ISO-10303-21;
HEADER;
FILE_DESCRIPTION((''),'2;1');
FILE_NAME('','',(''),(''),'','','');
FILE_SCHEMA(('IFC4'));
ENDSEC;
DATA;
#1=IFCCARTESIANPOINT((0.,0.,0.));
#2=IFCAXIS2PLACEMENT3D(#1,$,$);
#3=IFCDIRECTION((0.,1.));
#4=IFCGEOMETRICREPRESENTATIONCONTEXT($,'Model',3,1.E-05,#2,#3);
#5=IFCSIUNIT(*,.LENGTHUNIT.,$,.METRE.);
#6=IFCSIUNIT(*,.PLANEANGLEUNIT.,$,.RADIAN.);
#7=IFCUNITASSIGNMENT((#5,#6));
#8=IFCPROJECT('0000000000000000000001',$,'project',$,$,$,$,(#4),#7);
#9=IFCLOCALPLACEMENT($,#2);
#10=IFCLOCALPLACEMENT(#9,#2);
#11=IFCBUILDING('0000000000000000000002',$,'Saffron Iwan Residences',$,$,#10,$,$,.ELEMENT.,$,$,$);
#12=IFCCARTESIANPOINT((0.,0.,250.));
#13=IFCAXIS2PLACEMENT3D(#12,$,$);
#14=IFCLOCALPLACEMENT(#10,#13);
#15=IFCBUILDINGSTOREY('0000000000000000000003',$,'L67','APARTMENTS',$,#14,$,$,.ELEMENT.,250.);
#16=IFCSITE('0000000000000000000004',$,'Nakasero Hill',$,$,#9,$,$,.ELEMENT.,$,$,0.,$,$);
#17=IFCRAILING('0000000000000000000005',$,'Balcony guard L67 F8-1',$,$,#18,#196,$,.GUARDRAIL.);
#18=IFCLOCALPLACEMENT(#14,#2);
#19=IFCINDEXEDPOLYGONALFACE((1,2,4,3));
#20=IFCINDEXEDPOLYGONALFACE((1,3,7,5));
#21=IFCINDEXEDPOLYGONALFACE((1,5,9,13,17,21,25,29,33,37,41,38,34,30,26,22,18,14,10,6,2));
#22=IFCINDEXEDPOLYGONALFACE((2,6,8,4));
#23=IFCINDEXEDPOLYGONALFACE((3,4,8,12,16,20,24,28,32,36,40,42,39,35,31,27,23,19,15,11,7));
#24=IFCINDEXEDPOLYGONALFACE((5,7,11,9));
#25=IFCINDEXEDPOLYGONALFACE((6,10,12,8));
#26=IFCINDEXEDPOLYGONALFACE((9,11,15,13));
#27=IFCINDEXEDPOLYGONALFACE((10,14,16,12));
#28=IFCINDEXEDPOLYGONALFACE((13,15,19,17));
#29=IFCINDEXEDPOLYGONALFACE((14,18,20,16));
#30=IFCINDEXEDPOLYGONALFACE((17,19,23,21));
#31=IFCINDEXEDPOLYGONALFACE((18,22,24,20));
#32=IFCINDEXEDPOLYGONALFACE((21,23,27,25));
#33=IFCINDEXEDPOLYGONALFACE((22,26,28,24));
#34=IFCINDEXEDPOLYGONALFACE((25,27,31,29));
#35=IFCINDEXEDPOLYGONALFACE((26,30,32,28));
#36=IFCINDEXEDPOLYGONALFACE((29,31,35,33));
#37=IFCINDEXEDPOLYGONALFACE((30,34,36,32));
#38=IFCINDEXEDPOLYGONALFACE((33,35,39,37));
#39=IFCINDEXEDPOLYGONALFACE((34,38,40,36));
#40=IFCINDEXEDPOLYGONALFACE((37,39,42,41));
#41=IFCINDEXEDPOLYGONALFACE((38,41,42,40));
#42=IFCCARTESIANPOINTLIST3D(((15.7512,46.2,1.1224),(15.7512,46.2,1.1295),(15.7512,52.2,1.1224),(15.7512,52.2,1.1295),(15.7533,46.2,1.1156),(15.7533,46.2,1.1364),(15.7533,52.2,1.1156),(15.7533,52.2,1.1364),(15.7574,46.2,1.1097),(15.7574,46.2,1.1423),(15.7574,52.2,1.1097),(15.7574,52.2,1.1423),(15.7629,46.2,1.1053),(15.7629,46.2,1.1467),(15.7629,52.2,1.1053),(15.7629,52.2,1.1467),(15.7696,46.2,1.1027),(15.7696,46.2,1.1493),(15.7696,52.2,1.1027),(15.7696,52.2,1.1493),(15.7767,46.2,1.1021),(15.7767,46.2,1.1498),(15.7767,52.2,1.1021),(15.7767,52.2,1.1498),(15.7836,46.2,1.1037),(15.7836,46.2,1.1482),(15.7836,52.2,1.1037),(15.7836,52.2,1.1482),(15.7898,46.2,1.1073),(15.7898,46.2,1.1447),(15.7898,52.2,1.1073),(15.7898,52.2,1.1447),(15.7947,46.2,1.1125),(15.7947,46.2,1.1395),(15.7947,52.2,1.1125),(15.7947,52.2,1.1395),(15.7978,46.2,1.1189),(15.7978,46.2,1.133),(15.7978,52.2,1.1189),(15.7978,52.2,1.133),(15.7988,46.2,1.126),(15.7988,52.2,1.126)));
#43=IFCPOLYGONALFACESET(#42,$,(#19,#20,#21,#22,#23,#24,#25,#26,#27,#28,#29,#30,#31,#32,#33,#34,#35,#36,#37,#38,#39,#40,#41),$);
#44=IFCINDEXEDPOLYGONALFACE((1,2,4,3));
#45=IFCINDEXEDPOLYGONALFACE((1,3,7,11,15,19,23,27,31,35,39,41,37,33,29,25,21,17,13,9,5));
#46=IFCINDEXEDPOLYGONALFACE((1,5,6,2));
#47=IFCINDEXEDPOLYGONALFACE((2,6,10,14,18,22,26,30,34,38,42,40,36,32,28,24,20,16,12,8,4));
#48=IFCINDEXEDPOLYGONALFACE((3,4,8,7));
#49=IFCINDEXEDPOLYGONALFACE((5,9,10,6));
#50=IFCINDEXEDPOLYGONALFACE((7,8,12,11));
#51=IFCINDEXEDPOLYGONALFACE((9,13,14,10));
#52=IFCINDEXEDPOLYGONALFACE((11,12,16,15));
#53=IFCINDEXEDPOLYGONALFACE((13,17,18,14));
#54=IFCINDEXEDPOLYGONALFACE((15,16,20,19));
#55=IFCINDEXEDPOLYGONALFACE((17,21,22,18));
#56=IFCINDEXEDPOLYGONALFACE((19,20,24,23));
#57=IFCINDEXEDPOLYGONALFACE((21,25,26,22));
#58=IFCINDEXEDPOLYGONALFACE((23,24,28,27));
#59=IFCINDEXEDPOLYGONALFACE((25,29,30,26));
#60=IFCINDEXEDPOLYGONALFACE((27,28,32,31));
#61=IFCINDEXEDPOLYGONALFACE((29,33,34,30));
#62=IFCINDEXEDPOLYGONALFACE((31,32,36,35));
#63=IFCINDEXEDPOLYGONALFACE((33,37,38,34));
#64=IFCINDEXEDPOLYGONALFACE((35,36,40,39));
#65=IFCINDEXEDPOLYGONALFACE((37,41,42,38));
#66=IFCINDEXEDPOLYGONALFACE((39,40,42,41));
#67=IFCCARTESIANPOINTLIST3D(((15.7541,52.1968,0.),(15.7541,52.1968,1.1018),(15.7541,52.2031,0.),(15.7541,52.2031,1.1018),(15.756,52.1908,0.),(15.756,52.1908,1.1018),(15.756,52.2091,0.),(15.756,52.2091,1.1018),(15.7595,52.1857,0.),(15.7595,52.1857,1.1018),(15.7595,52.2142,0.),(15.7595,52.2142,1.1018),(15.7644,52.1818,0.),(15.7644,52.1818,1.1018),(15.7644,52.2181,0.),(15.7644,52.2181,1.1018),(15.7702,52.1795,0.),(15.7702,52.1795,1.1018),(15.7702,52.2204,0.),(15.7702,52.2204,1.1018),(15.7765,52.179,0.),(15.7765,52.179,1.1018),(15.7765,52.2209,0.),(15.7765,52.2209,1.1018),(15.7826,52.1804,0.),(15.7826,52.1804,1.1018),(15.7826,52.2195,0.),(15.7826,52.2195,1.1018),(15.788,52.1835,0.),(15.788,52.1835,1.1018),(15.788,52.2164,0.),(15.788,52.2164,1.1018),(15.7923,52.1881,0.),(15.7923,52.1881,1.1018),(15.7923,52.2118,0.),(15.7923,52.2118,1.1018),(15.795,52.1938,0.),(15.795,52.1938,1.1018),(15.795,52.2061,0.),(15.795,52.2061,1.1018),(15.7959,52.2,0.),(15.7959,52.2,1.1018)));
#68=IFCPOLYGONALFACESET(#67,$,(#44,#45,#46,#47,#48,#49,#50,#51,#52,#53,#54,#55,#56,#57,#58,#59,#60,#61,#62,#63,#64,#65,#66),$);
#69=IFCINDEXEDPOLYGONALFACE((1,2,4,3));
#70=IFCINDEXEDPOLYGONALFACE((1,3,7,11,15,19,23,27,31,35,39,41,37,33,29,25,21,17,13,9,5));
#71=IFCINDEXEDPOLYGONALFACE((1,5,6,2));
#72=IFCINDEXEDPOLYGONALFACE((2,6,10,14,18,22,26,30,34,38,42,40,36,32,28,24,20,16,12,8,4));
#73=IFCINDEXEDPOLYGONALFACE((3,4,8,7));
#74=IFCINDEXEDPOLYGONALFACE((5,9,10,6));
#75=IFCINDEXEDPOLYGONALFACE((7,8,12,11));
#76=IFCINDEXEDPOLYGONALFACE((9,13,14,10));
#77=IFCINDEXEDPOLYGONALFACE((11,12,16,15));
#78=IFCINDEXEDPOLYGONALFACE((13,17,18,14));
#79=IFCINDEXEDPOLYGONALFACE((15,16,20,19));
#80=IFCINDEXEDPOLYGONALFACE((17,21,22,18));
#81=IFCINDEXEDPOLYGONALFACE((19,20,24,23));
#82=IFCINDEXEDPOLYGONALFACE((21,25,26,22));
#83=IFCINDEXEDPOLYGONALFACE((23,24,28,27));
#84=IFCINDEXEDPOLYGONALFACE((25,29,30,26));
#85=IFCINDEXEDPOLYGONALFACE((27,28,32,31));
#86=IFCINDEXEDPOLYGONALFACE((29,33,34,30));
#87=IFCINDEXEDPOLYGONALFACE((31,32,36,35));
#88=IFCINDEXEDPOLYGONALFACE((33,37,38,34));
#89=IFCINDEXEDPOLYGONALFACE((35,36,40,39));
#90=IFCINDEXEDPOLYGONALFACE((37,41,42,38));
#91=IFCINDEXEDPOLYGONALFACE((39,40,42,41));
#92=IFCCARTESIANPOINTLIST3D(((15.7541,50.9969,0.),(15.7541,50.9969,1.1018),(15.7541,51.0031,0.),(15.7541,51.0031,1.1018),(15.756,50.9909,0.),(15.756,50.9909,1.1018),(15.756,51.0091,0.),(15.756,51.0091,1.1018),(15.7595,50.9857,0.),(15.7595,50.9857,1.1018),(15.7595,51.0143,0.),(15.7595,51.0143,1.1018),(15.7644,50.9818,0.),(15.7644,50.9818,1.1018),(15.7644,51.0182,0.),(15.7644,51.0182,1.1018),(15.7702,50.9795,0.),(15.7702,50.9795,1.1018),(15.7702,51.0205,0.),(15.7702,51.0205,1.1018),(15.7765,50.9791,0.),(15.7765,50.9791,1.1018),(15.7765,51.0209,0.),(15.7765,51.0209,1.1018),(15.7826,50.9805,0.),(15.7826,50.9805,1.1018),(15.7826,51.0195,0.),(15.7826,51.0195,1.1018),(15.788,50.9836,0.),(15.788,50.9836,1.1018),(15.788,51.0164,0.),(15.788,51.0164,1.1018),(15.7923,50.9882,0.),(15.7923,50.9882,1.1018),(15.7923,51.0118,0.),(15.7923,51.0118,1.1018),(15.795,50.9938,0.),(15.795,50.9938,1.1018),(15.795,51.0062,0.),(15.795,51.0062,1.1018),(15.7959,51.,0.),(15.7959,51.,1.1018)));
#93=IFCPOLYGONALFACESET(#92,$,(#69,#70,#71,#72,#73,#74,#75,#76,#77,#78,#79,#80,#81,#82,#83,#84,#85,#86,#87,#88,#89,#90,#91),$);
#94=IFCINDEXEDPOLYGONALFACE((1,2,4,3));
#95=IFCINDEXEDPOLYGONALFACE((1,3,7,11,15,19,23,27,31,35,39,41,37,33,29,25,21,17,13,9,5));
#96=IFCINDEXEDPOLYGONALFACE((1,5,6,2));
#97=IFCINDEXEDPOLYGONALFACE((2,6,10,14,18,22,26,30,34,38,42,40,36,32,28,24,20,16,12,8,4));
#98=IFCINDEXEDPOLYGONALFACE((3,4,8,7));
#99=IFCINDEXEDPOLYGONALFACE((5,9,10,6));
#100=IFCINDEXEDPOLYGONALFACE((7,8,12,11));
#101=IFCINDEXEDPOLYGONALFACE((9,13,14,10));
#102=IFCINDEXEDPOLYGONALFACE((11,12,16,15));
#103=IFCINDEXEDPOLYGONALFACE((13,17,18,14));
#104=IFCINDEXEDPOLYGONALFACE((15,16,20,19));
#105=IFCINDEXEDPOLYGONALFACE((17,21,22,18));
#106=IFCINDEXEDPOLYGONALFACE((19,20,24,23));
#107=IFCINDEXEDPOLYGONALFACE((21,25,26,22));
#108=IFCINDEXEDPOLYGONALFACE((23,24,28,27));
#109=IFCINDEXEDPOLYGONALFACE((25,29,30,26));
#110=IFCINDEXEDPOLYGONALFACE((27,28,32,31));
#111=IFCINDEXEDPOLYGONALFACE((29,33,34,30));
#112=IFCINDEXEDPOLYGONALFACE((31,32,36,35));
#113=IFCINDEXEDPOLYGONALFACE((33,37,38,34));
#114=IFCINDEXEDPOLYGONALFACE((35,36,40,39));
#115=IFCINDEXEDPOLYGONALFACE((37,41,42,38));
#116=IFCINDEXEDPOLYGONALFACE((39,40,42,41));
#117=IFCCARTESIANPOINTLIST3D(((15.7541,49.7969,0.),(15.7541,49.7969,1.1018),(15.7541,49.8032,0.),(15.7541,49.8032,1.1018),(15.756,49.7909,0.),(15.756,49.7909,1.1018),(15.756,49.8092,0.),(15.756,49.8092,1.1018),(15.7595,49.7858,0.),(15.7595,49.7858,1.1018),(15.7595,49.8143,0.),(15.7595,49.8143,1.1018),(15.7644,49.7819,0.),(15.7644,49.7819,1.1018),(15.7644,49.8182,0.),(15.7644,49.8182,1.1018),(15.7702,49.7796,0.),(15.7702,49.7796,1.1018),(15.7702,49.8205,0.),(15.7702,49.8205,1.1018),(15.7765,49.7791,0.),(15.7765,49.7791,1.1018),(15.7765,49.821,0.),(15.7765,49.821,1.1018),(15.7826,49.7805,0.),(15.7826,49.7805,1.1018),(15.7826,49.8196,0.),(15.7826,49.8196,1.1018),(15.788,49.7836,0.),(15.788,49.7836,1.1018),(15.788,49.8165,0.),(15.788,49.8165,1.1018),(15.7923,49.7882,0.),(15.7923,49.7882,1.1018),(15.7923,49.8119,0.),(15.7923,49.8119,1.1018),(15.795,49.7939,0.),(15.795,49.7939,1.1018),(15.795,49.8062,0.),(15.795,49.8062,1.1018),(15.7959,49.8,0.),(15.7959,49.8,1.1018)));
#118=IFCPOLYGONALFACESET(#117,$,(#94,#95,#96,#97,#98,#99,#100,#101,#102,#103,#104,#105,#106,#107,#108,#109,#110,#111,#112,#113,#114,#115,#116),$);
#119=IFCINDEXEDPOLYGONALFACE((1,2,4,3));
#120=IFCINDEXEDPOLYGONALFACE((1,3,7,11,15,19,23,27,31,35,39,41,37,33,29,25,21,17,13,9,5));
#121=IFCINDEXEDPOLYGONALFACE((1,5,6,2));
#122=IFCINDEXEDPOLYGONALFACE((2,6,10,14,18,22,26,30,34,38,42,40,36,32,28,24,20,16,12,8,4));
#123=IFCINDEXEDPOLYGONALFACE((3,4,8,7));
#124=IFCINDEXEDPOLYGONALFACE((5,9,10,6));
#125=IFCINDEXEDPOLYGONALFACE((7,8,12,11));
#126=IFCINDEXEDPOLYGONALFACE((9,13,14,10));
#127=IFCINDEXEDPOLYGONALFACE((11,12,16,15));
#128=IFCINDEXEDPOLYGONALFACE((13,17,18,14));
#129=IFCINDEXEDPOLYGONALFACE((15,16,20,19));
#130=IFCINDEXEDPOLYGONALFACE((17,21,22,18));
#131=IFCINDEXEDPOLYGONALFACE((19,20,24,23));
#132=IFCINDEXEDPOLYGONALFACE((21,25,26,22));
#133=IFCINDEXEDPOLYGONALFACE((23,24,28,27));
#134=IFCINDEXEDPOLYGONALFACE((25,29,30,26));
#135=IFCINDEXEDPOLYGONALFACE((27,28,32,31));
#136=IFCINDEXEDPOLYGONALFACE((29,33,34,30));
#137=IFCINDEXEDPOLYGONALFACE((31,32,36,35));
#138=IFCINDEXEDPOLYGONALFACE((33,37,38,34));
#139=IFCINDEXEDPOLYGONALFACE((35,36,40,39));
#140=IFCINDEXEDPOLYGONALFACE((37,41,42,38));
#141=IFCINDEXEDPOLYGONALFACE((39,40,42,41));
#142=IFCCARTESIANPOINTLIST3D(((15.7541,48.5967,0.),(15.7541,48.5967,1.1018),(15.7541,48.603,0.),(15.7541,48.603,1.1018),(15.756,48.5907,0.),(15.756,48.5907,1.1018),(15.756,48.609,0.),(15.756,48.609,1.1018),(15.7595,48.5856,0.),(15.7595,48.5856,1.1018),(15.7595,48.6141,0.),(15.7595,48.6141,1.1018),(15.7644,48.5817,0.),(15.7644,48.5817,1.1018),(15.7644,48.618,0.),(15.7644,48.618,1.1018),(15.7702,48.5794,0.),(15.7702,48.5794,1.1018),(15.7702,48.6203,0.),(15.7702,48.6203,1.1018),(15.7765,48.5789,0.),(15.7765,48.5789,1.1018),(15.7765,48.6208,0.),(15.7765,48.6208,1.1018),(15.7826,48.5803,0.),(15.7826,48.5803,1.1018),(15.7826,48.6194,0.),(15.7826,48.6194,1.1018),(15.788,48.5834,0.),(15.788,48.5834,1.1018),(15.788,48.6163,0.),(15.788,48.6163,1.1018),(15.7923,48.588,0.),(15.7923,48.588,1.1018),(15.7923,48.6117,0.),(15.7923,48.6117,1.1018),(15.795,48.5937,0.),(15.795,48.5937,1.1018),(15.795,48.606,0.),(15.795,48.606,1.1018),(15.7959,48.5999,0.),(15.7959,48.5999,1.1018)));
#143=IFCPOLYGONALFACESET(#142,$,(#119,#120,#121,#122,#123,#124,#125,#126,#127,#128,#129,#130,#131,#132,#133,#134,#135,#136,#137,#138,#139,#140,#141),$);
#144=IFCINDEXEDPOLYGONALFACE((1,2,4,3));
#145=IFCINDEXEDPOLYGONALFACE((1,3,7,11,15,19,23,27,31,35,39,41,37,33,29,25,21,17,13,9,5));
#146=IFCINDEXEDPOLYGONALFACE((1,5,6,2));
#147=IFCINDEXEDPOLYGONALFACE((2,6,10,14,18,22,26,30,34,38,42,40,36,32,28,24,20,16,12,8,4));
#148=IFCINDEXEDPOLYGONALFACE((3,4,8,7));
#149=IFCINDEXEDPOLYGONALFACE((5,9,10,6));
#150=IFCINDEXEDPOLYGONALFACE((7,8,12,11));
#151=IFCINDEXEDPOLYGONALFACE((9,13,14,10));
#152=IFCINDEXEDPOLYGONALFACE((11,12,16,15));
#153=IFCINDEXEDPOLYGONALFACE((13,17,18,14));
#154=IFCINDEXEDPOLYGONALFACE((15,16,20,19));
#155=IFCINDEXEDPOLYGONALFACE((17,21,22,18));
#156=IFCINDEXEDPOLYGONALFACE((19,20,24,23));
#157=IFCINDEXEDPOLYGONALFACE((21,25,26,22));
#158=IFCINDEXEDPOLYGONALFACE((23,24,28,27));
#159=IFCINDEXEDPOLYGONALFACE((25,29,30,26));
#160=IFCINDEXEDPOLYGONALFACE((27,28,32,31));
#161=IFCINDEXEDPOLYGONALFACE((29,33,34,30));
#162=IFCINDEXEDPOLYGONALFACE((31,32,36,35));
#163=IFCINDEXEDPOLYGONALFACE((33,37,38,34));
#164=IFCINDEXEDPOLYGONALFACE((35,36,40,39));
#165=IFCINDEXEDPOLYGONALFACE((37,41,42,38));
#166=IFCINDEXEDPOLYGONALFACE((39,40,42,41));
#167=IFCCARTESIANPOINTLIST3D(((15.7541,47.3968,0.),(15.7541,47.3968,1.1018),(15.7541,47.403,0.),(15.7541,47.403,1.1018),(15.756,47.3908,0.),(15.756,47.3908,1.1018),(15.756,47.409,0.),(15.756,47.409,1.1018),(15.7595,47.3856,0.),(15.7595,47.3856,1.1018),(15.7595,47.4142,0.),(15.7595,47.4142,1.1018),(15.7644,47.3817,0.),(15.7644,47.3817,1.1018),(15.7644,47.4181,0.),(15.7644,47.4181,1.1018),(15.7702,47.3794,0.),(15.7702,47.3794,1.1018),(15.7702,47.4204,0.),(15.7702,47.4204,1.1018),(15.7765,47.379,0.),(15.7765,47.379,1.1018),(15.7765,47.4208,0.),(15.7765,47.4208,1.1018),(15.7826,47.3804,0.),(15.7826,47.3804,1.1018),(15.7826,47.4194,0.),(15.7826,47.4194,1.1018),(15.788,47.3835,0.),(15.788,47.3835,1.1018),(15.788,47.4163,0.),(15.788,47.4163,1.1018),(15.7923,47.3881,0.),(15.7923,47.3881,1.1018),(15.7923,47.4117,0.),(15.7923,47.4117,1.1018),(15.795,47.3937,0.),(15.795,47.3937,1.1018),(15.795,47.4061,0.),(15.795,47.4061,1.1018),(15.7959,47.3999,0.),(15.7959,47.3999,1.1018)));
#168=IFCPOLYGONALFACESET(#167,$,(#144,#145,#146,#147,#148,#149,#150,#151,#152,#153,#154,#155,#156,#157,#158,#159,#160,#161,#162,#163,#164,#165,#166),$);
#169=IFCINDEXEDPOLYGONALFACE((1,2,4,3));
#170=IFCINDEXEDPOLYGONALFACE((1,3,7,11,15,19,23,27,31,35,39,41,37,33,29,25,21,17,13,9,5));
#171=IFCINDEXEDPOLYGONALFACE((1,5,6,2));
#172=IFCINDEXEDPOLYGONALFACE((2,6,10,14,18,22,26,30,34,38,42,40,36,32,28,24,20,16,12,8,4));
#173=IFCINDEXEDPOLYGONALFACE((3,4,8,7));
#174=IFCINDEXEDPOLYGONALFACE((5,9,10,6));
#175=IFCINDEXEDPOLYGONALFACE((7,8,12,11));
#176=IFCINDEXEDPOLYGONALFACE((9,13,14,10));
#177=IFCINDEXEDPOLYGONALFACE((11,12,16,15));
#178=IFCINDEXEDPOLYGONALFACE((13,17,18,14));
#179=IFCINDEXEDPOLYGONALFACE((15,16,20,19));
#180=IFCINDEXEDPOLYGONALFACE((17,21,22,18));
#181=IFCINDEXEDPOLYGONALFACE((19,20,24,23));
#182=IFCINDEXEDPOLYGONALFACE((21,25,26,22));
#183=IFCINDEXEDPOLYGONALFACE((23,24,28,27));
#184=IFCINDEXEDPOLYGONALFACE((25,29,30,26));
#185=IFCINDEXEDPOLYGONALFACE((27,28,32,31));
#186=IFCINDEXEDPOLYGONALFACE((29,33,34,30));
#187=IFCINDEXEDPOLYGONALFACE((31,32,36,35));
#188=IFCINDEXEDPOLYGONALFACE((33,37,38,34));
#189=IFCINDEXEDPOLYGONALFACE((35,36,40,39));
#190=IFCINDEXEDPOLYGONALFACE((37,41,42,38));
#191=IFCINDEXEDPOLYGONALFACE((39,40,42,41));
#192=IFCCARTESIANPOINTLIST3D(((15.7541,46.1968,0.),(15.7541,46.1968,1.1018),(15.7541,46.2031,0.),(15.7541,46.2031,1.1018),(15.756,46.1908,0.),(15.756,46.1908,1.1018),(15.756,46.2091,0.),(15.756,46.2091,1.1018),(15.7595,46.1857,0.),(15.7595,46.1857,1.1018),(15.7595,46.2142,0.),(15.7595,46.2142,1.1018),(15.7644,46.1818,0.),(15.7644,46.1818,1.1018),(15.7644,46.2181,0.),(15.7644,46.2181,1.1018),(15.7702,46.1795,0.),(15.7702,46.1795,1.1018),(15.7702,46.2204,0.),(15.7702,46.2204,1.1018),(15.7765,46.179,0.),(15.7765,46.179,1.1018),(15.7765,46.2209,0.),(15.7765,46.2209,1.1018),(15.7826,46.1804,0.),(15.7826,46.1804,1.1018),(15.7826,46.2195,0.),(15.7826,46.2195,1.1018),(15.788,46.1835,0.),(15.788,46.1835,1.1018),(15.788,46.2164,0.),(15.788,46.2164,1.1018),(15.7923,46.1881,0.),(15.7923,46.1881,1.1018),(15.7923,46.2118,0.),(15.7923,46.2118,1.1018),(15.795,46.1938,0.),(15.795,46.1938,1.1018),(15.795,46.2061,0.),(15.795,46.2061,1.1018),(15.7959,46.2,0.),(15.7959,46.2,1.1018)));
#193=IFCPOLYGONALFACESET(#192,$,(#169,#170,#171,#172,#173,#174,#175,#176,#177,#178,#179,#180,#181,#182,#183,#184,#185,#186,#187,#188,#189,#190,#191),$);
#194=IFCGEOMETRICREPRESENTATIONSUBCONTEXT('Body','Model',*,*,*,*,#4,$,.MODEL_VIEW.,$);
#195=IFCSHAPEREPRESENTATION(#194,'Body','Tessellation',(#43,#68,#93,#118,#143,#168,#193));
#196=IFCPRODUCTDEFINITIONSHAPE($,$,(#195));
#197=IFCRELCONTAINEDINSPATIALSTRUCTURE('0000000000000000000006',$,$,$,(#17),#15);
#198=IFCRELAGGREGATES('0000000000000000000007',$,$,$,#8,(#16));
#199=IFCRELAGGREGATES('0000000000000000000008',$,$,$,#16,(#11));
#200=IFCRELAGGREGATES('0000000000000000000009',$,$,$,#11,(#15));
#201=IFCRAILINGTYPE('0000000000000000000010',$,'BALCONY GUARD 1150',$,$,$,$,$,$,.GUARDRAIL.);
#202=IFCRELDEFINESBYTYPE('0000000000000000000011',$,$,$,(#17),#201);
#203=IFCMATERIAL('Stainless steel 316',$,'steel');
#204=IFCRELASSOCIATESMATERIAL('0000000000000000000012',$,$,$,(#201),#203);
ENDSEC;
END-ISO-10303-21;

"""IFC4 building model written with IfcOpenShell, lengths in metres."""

from ifc_helpers import new_model, si_unit, direction, frame, origin, origin_2d, place, context, subcontext, project, spatial, circle, extrude, material, type_object, element, save


model = new_model("IFC4")

# Units and contexts
model_context = context("Model", 3, precision=1e-05, world=origin(), true_north=direction((0.0, 1.0)))
body_context = subcontext(model_context, "Body", "Model", "MODEL_VIEW")
ifc_project = project(units=[si_unit("LENGTHUNIT", "METRE"), si_unit("PLANEANGLEUNIT", "RADIAN")], contexts=[model_context])

# Site, building, storey
site_placement = place(None, origin())
site = spatial("IfcSite", under=ifc_project, at=site_placement, Name="Nakasero Hill", CompositionType="ELEMENT", RefElevation=0.0)
building_placement = place(site_placement, origin())
building = spatial("IfcBuilding", under=site, at=building_placement, Name="Saffron Iwan Residences", CompositionType="ELEMENT")
storey_placement = place(building_placement, frame((0.0, 0.0, 250.0)))
storey = spatial("IfcBuildingStorey", under=building, at=storey_placement, Name="L67", Description="APARTMENTS", CompositionType="ELEMENT", Elevation=250.0)

# Railing
ifc_material_1 = material(Name="Stainless steel 316", Category="steel")
railing_type = type_object("IfcRailingType", Name="BALCONY GUARD 1150", PredefinedType="GUARDRAIL", material=ifc_material_1)
railing_placement = place(storey_placement, frame((15.7749, 52.2, 0.0)))
element("IfcRailing", 1, at=railing_placement, inside=storey, type_object=railing_type, Name="Balcony guard L67 F8-1", PredefinedType="GUARDRAIL", context=body_context, shape_type="SweptSolid", body=[
    extrude(circle(Radius=0.0239, at=origin_2d()), frame((0.0, 0.0, 1.126), z_axis=(0.0, -1.0, 0.0), x_axis=(1.0, 0.0, 0.0)), (0.0, 0.0, 1.0), 6.0),
    extrude(circle(Radius=0.021, at=origin_2d()), origin(), (0.0, 0.0, 1.0), 1.1018),
    extrude(circle(Radius=0.021, at=origin_2d()), frame((0.0, -1.2, 0.0)), (0.0, 0.0, 1.0), 1.1018),
    extrude(circle(Radius=0.021, at=origin_2d()), frame((0.0, -2.3999, 0.0)), (0.0, 0.0, 1.0), 1.1018),
    extrude(circle(Radius=0.021, at=origin_2d()), frame((0.0, -3.6001, 0.0)), (0.0, 0.0, 1.0), 1.1018),
    extrude(circle(Radius=0.021, at=origin_2d()), frame((0.0, -4.8, 0.0)), (0.0, 0.0, 1.0), 1.1018),
    extrude(circle(Radius=0.021, at=origin_2d()), frame((0.0, -6.0, 0.0)), (0.0, 0.0, 1.0), 1.1018),
])

save(model, "model.ifc")
